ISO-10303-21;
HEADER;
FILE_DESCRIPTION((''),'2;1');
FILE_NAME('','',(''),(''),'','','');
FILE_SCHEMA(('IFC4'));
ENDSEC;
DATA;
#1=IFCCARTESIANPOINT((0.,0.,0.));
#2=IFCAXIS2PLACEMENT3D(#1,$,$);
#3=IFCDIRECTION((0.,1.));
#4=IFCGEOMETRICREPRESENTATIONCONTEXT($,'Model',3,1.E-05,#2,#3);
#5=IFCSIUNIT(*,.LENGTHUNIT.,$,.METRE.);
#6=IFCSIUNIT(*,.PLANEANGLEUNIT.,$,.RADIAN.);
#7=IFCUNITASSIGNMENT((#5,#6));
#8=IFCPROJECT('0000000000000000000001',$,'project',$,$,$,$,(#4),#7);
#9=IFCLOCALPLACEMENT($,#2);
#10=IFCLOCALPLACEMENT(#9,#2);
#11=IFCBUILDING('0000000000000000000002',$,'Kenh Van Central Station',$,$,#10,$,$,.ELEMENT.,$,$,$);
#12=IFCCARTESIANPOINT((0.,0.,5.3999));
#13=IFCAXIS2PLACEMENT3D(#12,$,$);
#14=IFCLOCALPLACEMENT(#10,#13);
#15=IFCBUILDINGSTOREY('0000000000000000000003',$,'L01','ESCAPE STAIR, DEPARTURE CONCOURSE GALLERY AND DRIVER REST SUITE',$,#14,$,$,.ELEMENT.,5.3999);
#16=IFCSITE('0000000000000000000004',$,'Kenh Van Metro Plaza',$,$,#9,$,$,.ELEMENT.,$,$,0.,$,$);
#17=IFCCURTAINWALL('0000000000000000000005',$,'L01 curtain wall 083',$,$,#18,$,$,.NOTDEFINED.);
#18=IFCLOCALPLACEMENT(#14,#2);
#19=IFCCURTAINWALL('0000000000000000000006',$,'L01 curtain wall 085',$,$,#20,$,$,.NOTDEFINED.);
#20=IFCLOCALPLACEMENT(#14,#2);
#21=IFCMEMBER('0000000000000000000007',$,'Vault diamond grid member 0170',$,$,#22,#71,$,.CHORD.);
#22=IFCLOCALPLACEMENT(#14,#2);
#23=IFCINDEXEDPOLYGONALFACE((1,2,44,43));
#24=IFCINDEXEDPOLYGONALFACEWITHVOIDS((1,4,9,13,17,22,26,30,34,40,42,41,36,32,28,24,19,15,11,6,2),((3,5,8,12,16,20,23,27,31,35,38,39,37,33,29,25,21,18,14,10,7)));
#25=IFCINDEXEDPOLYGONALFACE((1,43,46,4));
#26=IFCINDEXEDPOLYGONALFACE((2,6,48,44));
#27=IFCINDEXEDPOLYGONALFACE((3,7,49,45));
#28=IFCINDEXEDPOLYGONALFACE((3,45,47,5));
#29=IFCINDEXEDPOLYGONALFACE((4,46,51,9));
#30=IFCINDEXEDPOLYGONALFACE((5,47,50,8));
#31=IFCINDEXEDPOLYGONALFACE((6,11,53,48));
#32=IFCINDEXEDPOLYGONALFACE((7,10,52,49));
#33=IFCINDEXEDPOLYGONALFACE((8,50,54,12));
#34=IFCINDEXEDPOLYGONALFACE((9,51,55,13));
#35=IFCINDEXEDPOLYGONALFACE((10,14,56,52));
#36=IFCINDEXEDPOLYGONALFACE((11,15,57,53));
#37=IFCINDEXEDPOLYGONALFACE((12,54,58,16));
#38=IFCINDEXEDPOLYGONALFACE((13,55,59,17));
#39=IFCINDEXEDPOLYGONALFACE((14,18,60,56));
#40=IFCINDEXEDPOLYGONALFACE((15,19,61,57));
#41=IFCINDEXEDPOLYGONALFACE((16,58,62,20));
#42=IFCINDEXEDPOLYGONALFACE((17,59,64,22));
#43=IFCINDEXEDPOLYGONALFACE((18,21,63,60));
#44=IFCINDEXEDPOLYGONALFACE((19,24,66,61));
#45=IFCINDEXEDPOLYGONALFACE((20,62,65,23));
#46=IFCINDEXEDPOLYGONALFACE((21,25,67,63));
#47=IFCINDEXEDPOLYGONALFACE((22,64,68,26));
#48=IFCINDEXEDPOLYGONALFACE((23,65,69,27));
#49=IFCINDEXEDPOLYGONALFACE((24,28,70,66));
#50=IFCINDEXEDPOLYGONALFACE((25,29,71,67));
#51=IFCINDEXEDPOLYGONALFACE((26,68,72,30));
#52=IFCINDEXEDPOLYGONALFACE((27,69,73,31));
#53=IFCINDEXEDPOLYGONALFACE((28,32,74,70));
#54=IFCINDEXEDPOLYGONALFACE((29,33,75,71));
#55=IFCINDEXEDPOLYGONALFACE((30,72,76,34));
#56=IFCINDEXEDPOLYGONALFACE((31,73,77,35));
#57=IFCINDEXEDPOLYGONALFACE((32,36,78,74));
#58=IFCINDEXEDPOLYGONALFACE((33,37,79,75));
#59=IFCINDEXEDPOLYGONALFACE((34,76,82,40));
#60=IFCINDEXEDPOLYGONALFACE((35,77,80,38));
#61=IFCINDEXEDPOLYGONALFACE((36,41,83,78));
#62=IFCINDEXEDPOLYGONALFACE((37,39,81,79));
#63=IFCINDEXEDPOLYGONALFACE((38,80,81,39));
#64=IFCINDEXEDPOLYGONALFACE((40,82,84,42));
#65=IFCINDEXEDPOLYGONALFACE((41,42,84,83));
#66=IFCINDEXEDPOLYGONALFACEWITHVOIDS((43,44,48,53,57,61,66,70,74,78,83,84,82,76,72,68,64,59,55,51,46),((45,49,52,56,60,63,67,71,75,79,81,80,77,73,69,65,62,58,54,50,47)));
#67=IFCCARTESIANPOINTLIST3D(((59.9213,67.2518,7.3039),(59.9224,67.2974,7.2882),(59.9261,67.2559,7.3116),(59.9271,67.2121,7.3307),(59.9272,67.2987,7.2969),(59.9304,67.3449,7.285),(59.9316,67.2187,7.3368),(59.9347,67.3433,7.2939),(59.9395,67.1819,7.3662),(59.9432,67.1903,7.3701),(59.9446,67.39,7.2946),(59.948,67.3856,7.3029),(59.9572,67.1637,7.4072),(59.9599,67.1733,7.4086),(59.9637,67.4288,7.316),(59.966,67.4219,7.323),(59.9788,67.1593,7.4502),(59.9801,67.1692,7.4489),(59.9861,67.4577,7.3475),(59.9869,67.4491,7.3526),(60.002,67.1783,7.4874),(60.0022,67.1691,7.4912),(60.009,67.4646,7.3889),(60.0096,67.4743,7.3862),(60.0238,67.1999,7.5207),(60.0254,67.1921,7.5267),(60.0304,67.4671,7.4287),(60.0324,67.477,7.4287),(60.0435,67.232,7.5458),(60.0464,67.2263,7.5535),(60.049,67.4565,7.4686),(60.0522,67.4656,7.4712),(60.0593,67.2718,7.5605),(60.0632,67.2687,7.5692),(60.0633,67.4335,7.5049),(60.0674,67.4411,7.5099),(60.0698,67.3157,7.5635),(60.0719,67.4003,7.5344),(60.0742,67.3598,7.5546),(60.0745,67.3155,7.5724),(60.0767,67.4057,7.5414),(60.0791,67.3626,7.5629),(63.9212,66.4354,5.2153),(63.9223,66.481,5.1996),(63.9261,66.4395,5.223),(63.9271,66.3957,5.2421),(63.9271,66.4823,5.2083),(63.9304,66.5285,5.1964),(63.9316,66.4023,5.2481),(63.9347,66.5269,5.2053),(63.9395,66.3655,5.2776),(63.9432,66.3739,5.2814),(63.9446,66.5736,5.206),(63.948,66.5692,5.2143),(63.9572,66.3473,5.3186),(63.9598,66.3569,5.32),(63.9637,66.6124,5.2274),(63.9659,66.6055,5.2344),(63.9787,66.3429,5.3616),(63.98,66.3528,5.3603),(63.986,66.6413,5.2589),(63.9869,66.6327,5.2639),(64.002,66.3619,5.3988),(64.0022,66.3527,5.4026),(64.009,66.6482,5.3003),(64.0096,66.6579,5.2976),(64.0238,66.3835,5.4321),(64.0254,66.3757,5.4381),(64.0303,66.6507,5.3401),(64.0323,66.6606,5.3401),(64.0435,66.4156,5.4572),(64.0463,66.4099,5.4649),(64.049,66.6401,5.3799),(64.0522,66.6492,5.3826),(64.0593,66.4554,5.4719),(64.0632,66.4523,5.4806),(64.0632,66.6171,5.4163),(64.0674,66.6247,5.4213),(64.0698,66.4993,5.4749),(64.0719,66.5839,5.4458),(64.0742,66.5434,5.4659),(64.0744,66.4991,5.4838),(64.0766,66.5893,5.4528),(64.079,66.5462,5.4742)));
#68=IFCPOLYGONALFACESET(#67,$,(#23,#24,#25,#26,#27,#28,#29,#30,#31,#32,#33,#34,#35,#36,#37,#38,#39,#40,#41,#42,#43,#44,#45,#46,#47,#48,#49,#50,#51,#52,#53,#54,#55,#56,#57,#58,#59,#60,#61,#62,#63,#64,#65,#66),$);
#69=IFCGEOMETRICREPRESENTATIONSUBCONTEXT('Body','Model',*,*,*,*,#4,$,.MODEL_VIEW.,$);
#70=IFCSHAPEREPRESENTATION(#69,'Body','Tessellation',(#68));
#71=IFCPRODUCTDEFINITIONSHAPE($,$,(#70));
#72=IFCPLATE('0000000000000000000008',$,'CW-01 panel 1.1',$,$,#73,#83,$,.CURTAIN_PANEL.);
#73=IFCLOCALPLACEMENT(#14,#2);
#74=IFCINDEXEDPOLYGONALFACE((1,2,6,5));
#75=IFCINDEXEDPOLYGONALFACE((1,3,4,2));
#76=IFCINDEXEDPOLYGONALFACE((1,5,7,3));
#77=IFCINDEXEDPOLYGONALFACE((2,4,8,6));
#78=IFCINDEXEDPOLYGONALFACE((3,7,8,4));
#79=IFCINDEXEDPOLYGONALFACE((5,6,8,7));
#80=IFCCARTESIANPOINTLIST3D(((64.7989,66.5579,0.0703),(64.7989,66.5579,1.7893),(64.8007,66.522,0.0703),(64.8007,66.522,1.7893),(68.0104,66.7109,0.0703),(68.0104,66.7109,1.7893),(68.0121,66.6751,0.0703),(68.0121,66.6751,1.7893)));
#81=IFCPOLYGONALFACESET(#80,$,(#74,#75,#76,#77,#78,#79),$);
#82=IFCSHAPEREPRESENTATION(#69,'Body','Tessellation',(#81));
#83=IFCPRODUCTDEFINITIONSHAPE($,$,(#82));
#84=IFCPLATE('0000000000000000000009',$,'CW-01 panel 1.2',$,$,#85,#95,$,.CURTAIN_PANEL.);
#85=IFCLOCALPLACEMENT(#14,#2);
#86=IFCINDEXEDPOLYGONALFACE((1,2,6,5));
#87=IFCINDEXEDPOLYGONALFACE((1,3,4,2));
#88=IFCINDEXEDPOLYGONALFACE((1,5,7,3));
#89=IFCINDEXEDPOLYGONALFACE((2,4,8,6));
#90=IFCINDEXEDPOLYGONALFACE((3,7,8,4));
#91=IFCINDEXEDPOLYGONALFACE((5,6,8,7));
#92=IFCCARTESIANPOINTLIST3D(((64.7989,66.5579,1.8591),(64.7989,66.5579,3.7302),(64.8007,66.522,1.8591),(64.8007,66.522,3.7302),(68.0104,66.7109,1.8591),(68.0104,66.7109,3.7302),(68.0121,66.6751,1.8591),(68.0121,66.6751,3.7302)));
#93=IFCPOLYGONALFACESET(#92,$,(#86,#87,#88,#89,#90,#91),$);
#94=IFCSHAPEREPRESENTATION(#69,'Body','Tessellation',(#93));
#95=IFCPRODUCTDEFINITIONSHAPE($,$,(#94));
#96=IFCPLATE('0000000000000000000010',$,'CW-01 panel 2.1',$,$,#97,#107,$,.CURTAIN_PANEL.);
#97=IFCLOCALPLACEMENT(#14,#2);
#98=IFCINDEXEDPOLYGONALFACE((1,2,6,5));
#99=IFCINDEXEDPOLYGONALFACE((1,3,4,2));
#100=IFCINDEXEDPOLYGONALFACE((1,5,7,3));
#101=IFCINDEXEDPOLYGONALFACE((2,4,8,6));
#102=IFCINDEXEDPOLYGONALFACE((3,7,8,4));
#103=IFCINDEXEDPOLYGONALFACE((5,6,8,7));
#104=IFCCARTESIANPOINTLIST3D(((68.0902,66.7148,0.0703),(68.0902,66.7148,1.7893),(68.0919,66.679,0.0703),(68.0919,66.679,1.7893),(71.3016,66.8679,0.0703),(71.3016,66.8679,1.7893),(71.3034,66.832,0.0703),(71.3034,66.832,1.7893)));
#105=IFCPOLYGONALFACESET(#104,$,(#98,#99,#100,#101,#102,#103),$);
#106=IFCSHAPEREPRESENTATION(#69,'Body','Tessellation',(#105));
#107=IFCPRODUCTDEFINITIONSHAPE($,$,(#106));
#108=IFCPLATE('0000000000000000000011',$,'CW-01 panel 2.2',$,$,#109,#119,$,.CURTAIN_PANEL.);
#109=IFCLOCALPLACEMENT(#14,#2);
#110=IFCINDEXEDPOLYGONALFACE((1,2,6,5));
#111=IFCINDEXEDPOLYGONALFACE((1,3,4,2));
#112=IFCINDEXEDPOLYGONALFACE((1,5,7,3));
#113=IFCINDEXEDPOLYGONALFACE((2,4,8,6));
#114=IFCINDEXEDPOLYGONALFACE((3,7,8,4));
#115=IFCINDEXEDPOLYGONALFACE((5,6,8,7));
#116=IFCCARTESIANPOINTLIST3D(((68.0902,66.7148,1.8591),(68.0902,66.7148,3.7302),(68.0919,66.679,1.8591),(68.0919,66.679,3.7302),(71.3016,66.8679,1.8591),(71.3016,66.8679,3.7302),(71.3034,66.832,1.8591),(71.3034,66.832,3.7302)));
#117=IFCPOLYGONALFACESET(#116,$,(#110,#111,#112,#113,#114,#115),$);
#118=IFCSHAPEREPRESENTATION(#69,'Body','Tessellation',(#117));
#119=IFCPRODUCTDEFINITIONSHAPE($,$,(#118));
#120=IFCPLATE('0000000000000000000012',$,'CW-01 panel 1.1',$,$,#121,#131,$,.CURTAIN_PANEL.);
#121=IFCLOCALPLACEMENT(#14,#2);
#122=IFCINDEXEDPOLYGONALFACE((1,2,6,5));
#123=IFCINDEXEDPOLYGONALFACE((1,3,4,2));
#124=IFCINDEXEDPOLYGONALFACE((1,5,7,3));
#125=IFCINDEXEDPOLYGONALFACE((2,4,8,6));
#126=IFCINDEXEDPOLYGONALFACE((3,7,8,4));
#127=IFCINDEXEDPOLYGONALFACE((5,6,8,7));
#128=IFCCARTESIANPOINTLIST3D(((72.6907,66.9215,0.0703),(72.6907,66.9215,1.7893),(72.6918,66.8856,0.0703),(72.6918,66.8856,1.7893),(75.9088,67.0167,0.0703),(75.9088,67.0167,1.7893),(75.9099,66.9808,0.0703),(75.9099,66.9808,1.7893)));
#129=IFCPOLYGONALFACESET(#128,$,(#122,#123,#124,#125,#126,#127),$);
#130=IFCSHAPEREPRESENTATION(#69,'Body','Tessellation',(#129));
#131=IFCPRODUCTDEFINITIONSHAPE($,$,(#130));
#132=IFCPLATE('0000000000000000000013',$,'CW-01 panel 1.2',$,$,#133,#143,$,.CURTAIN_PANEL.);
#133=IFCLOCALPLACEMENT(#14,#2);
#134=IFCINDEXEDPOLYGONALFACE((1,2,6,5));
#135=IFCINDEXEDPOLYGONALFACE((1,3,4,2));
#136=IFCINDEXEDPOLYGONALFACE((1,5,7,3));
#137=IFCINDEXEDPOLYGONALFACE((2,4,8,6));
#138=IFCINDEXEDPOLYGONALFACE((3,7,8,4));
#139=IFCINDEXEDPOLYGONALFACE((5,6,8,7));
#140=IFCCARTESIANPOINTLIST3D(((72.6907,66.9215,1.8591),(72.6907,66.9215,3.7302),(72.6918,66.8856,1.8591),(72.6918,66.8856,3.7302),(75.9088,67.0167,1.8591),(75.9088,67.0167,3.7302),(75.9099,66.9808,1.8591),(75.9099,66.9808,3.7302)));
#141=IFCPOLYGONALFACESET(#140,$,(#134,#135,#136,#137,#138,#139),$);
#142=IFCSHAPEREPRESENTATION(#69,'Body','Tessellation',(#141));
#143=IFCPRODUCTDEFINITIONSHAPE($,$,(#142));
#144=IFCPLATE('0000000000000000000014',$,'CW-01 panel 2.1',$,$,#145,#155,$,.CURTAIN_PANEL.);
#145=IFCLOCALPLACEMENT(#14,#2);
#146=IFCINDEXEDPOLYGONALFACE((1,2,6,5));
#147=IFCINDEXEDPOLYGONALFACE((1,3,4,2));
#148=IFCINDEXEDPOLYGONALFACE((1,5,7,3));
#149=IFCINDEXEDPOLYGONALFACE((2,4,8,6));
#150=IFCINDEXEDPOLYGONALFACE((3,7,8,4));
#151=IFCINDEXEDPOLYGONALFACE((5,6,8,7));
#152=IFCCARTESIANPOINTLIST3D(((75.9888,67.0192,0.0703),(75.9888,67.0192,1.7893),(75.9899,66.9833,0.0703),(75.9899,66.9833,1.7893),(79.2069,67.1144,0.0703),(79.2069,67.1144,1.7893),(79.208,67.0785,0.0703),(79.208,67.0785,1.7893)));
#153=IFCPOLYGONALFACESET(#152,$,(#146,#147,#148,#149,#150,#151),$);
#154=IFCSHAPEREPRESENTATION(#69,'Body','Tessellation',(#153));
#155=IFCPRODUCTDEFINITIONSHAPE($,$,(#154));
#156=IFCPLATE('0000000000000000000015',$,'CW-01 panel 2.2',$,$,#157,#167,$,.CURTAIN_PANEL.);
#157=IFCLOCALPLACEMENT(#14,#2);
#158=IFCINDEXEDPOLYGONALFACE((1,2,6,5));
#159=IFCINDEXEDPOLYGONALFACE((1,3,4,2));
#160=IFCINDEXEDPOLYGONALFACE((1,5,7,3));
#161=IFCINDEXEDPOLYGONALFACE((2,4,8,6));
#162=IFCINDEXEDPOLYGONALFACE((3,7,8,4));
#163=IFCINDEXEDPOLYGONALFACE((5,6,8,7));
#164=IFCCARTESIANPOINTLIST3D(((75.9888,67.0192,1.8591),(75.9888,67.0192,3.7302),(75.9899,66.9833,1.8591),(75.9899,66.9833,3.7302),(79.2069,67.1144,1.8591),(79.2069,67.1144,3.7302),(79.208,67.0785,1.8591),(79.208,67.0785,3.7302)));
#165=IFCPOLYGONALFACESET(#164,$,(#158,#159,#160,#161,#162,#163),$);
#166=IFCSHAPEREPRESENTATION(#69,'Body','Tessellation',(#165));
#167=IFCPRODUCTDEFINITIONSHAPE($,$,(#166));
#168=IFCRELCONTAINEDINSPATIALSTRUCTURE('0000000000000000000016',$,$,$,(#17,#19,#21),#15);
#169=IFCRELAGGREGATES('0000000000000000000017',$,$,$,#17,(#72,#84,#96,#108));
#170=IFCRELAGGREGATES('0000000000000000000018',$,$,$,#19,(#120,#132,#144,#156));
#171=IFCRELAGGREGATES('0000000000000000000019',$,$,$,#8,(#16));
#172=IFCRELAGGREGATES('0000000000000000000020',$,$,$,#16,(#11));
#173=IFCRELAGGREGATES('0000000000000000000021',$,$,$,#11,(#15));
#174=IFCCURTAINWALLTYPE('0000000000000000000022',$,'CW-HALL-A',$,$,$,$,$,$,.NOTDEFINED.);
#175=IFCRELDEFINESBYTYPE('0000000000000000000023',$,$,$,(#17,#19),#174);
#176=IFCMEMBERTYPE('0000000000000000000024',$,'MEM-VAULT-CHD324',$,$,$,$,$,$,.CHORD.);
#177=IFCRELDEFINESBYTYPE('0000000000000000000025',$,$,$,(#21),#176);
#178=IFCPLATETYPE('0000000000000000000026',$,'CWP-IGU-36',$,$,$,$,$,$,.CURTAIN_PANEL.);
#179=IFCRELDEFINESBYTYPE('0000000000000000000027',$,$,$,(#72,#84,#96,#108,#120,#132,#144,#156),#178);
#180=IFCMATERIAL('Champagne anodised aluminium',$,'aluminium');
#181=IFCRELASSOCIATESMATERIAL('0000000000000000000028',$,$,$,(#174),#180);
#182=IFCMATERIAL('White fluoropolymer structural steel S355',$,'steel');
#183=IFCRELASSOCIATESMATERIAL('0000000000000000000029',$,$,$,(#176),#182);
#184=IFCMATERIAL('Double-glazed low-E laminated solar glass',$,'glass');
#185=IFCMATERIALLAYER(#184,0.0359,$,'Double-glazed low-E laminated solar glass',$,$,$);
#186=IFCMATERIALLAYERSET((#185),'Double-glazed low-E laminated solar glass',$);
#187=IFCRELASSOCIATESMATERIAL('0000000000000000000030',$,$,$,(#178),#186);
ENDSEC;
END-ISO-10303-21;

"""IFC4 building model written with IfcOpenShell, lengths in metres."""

from ifc_helpers import new_model, si_unit, direction, frame, origin, origin_2d, place, context, subcontext, project, spatial, rectangle, hollow_circle, extrude, material, layer, layer_set, material_profile, profile_set, type_object, element, aggregate, save


model = new_model("IFC4")

# Units and contexts
model_context = context("Model", 3, precision=1e-05, world=origin(), true_north=direction((0.0, 1.0)))
body_context = subcontext(model_context, "Body", "Model", "MODEL_VIEW")
ifc_project = project(units=[si_unit("LENGTHUNIT", "METRE"), si_unit("PLANEANGLEUNIT", "RADIAN")], contexts=[model_context])

# Site, building, storey
site_placement = place(None, origin())
site = spatial("IfcSite", under=ifc_project, at=site_placement, Name="Kenh Van Metro Plaza", CompositionType="ELEMENT", RefElevation=0.0)
building_placement = place(site_placement, origin())
building = spatial("IfcBuilding", under=site, at=building_placement, Name="Kenh Van Central Station", CompositionType="ELEMENT")
storey_placement = place(building_placement, frame((0.0, 0.0, 5.3999)))
storey = spatial("IfcBuildingStorey", under=building, at=storey_placement, Name="L01", Description="ESCAPE STAIR, DEPARTURE CONCOURSE GALLERY AND DRIVER REST SUITE", CompositionType="ELEMENT", Elevation=5.3999)

# Curtain walls
ifc_material_1 = material(Name="Champagne anodised aluminium", Category="aluminium")
curtain_wall_type = type_object("IfcCurtainWallType", Name="CW-HALL-A", PredefinedType="NOTDEFINED", material=ifc_material_1)
curtain_wall_1_placement = place(storey_placement, origin())
curtain_wall_1 = element("IfcCurtainWall", 1, at=curtain_wall_1_placement, inside=storey, type_object=curtain_wall_type, Name="L01 curtain wall 083", PredefinedType="NOTDEFINED")
curtain_wall_2_placement = place(storey_placement, origin())
curtain_wall_2 = element("IfcCurtainWall", 2, at=curtain_wall_2_placement, inside=storey, type_object=curtain_wall_type, Name="L01 curtain wall 085", PredefinedType="NOTDEFINED")

# Member
ifc_material_2 = material(Name="White fluoropolymer structural steel S355", Category="steel")
ifc_material_profile_1 = material_profile(ifc_material_2, hollow_circle(Radius=0.1619, WallThickness=0.01, at=origin_2d()), Name="CHS 323.9x10")
ifc_profile_set_1 = profile_set([ifc_material_profile_1], Name="White fluoropolymer structural steel S355")
member_type_1 = type_object("IfcMemberType", Name="MEM-VAULT-CHD324", PredefinedType="CHORD", material=ifc_profile_set_1)
member_1_placement = place(storey_placement, frame((60.0, 67.3184, 7.4287), z_axis=(0.872272, -0.178032, -0.455462), x_axis=(0.199979, 0.9798, 0.0)))
element("IfcMember", 3, at=member_1_placement, inside=storey, type_object=member_type_1, Name="Vault diamond grid member 0170", PredefinedType="CHORD", context=body_context, shape_type="SweptSolid", body=[
    extrude(hollow_circle(Radius=0.1619, WallThickness=0.01, at=origin_2d()), origin(), (0.0, 0.0, 1.0), 4.5857),
])

# Plates
ifc_material_3 = material(Name="Double-glazed low-E laminated solar glass", Category="glass")
ifc_layer = layer(ifc_material_3, 0.0359, Name="Double-glazed low-E laminated solar glass")
ifc_layer_set = layer_set([ifc_layer], Name="Double-glazed low-E laminated solar glass")
plate_type = type_object("IfcPlateType", Name="CWP-IGU-36", PredefinedType="CURTAIN_PANEL", material=ifc_layer_set)
plate_1_placement = place(storey_placement, frame((66.4055, 66.6165, 0.0703), z_axis=(0.0, 0.0, 1.0), x_axis=(0.998866, 0.047601, 0.0)))
plate_1 = element("IfcPlate", 4, at=plate_1_placement, type_object=plate_type, Name="CW-01 panel 1.1", PredefinedType="CURTAIN_PANEL", context=body_context, shape_type="SweptSolid", body=[
    extrude(rectangle(XDim=3.2151, YDim=0.0359, at=origin_2d()), origin(), (0.0, 0.0, 1.0), 1.719),
])
plate_2_placement = place(storey_placement, frame((66.4055, 66.6165, 1.8591), z_axis=(0.0, 0.0, 1.0), x_axis=(0.998866, 0.047601, 0.0)))
plate_2 = element("IfcPlate", 5, at=plate_2_placement, type_object=plate_type, Name="CW-01 panel 1.2", PredefinedType="CURTAIN_PANEL", context=body_context, shape_type="SweptSolid", body=[
    extrude(rectangle(XDim=3.2151, YDim=0.0359, at=origin_2d()), origin(), (0.0, 0.0, 1.0), 1.8711),
])
plate_3_placement = place(storey_placement, frame((69.6968, 66.7734, 0.0703), z_axis=(0.0, 0.0, 1.0), x_axis=(0.998866, 0.047601, 0.0)))
plate_3 = element("IfcPlate", 6, at=plate_3_placement, type_object=plate_type, Name="CW-01 panel 2.1", PredefinedType="CURTAIN_PANEL", context=body_context, shape_type="SweptSolid", body=[
    extrude(rectangle(XDim=3.2151, YDim=0.0359, at=origin_2d()), origin(), (0.0, 0.0, 1.0), 1.719),
])
plate_4_placement = place(storey_placement, frame((69.6968, 66.7734, 1.8591), z_axis=(0.0, 0.0, 1.0), x_axis=(0.998866, 0.047601, 0.0)))
plate_4 = element("IfcPlate", 7, at=plate_4_placement, type_object=plate_type, Name="CW-01 panel 2.2", PredefinedType="CURTAIN_PANEL", context=body_context, shape_type="SweptSolid", body=[
    extrude(rectangle(XDim=3.2151, YDim=0.0359, at=origin_2d()), origin(), (0.0, 0.0, 1.0), 1.8711),
])
aggregate(curtain_wall_1, [plate_1, plate_2, plate_3, plate_4])
plate_5_placement = place(storey_placement, frame((74.3003, 66.9512, 0.0703), z_axis=(0.0, 0.0, 1.0), x_axis=(0.999563, 0.029571, 0.0)))
plate_5 = element("IfcPlate", 8, at=plate_5_placement, type_object=plate_type, Name="CW-01 panel 1.1", PredefinedType="CURTAIN_PANEL", context=body_context, shape_type="SweptSolid", body=[
    extrude(rectangle(XDim=3.2195, YDim=0.0359, at=origin_2d()), origin(), (0.0, 0.0, 1.0), 1.719),
])
plate_6_placement = place(storey_placement, frame((74.3003, 66.9512, 1.8591), z_axis=(0.0, 0.0, 1.0), x_axis=(0.999563, 0.029571, 0.0)))
plate_6 = element("IfcPlate", 9, at=plate_6_placement, type_object=plate_type, Name="CW-01 panel 1.2", PredefinedType="CURTAIN_PANEL", context=body_context, shape_type="SweptSolid", body=[
    extrude(rectangle(XDim=3.2195, YDim=0.0359, at=origin_2d()), origin(), (0.0, 0.0, 1.0), 1.8711),
])
plate_7_placement = place(storey_placement, frame((77.5984, 67.0488, 0.0703), z_axis=(0.0, 0.0, 1.0), x_axis=(0.999563, 0.029571, 0.0)))
plate_7 = element("IfcPlate", 10, at=plate_7_placement, type_object=plate_type, Name="CW-01 panel 2.1", PredefinedType="CURTAIN_PANEL", context=body_context, shape_type="SweptSolid", body=[
    extrude(rectangle(XDim=3.2195, YDim=0.0359, at=origin_2d()), origin(), (0.0, 0.0, 1.0), 1.719),
])
plate_8_placement = place(storey_placement, frame((77.5984, 67.0488, 1.8591), z_axis=(0.0, 0.0, 1.0), x_axis=(0.999563, 0.029571, 0.0)))
plate_8 = element("IfcPlate", 11, at=plate_8_placement, type_object=plate_type, Name="CW-01 panel 2.2", PredefinedType="CURTAIN_PANEL", context=body_context, shape_type="SweptSolid", body=[
    extrude(rectangle(XDim=3.2195, YDim=0.0359, at=origin_2d()), origin(), (0.0, 0.0, 1.0), 1.8711),
])
aggregate(curtain_wall_2, [plate_5, plate_6, plate_7, plate_8])

save(model, "model.ifc")
